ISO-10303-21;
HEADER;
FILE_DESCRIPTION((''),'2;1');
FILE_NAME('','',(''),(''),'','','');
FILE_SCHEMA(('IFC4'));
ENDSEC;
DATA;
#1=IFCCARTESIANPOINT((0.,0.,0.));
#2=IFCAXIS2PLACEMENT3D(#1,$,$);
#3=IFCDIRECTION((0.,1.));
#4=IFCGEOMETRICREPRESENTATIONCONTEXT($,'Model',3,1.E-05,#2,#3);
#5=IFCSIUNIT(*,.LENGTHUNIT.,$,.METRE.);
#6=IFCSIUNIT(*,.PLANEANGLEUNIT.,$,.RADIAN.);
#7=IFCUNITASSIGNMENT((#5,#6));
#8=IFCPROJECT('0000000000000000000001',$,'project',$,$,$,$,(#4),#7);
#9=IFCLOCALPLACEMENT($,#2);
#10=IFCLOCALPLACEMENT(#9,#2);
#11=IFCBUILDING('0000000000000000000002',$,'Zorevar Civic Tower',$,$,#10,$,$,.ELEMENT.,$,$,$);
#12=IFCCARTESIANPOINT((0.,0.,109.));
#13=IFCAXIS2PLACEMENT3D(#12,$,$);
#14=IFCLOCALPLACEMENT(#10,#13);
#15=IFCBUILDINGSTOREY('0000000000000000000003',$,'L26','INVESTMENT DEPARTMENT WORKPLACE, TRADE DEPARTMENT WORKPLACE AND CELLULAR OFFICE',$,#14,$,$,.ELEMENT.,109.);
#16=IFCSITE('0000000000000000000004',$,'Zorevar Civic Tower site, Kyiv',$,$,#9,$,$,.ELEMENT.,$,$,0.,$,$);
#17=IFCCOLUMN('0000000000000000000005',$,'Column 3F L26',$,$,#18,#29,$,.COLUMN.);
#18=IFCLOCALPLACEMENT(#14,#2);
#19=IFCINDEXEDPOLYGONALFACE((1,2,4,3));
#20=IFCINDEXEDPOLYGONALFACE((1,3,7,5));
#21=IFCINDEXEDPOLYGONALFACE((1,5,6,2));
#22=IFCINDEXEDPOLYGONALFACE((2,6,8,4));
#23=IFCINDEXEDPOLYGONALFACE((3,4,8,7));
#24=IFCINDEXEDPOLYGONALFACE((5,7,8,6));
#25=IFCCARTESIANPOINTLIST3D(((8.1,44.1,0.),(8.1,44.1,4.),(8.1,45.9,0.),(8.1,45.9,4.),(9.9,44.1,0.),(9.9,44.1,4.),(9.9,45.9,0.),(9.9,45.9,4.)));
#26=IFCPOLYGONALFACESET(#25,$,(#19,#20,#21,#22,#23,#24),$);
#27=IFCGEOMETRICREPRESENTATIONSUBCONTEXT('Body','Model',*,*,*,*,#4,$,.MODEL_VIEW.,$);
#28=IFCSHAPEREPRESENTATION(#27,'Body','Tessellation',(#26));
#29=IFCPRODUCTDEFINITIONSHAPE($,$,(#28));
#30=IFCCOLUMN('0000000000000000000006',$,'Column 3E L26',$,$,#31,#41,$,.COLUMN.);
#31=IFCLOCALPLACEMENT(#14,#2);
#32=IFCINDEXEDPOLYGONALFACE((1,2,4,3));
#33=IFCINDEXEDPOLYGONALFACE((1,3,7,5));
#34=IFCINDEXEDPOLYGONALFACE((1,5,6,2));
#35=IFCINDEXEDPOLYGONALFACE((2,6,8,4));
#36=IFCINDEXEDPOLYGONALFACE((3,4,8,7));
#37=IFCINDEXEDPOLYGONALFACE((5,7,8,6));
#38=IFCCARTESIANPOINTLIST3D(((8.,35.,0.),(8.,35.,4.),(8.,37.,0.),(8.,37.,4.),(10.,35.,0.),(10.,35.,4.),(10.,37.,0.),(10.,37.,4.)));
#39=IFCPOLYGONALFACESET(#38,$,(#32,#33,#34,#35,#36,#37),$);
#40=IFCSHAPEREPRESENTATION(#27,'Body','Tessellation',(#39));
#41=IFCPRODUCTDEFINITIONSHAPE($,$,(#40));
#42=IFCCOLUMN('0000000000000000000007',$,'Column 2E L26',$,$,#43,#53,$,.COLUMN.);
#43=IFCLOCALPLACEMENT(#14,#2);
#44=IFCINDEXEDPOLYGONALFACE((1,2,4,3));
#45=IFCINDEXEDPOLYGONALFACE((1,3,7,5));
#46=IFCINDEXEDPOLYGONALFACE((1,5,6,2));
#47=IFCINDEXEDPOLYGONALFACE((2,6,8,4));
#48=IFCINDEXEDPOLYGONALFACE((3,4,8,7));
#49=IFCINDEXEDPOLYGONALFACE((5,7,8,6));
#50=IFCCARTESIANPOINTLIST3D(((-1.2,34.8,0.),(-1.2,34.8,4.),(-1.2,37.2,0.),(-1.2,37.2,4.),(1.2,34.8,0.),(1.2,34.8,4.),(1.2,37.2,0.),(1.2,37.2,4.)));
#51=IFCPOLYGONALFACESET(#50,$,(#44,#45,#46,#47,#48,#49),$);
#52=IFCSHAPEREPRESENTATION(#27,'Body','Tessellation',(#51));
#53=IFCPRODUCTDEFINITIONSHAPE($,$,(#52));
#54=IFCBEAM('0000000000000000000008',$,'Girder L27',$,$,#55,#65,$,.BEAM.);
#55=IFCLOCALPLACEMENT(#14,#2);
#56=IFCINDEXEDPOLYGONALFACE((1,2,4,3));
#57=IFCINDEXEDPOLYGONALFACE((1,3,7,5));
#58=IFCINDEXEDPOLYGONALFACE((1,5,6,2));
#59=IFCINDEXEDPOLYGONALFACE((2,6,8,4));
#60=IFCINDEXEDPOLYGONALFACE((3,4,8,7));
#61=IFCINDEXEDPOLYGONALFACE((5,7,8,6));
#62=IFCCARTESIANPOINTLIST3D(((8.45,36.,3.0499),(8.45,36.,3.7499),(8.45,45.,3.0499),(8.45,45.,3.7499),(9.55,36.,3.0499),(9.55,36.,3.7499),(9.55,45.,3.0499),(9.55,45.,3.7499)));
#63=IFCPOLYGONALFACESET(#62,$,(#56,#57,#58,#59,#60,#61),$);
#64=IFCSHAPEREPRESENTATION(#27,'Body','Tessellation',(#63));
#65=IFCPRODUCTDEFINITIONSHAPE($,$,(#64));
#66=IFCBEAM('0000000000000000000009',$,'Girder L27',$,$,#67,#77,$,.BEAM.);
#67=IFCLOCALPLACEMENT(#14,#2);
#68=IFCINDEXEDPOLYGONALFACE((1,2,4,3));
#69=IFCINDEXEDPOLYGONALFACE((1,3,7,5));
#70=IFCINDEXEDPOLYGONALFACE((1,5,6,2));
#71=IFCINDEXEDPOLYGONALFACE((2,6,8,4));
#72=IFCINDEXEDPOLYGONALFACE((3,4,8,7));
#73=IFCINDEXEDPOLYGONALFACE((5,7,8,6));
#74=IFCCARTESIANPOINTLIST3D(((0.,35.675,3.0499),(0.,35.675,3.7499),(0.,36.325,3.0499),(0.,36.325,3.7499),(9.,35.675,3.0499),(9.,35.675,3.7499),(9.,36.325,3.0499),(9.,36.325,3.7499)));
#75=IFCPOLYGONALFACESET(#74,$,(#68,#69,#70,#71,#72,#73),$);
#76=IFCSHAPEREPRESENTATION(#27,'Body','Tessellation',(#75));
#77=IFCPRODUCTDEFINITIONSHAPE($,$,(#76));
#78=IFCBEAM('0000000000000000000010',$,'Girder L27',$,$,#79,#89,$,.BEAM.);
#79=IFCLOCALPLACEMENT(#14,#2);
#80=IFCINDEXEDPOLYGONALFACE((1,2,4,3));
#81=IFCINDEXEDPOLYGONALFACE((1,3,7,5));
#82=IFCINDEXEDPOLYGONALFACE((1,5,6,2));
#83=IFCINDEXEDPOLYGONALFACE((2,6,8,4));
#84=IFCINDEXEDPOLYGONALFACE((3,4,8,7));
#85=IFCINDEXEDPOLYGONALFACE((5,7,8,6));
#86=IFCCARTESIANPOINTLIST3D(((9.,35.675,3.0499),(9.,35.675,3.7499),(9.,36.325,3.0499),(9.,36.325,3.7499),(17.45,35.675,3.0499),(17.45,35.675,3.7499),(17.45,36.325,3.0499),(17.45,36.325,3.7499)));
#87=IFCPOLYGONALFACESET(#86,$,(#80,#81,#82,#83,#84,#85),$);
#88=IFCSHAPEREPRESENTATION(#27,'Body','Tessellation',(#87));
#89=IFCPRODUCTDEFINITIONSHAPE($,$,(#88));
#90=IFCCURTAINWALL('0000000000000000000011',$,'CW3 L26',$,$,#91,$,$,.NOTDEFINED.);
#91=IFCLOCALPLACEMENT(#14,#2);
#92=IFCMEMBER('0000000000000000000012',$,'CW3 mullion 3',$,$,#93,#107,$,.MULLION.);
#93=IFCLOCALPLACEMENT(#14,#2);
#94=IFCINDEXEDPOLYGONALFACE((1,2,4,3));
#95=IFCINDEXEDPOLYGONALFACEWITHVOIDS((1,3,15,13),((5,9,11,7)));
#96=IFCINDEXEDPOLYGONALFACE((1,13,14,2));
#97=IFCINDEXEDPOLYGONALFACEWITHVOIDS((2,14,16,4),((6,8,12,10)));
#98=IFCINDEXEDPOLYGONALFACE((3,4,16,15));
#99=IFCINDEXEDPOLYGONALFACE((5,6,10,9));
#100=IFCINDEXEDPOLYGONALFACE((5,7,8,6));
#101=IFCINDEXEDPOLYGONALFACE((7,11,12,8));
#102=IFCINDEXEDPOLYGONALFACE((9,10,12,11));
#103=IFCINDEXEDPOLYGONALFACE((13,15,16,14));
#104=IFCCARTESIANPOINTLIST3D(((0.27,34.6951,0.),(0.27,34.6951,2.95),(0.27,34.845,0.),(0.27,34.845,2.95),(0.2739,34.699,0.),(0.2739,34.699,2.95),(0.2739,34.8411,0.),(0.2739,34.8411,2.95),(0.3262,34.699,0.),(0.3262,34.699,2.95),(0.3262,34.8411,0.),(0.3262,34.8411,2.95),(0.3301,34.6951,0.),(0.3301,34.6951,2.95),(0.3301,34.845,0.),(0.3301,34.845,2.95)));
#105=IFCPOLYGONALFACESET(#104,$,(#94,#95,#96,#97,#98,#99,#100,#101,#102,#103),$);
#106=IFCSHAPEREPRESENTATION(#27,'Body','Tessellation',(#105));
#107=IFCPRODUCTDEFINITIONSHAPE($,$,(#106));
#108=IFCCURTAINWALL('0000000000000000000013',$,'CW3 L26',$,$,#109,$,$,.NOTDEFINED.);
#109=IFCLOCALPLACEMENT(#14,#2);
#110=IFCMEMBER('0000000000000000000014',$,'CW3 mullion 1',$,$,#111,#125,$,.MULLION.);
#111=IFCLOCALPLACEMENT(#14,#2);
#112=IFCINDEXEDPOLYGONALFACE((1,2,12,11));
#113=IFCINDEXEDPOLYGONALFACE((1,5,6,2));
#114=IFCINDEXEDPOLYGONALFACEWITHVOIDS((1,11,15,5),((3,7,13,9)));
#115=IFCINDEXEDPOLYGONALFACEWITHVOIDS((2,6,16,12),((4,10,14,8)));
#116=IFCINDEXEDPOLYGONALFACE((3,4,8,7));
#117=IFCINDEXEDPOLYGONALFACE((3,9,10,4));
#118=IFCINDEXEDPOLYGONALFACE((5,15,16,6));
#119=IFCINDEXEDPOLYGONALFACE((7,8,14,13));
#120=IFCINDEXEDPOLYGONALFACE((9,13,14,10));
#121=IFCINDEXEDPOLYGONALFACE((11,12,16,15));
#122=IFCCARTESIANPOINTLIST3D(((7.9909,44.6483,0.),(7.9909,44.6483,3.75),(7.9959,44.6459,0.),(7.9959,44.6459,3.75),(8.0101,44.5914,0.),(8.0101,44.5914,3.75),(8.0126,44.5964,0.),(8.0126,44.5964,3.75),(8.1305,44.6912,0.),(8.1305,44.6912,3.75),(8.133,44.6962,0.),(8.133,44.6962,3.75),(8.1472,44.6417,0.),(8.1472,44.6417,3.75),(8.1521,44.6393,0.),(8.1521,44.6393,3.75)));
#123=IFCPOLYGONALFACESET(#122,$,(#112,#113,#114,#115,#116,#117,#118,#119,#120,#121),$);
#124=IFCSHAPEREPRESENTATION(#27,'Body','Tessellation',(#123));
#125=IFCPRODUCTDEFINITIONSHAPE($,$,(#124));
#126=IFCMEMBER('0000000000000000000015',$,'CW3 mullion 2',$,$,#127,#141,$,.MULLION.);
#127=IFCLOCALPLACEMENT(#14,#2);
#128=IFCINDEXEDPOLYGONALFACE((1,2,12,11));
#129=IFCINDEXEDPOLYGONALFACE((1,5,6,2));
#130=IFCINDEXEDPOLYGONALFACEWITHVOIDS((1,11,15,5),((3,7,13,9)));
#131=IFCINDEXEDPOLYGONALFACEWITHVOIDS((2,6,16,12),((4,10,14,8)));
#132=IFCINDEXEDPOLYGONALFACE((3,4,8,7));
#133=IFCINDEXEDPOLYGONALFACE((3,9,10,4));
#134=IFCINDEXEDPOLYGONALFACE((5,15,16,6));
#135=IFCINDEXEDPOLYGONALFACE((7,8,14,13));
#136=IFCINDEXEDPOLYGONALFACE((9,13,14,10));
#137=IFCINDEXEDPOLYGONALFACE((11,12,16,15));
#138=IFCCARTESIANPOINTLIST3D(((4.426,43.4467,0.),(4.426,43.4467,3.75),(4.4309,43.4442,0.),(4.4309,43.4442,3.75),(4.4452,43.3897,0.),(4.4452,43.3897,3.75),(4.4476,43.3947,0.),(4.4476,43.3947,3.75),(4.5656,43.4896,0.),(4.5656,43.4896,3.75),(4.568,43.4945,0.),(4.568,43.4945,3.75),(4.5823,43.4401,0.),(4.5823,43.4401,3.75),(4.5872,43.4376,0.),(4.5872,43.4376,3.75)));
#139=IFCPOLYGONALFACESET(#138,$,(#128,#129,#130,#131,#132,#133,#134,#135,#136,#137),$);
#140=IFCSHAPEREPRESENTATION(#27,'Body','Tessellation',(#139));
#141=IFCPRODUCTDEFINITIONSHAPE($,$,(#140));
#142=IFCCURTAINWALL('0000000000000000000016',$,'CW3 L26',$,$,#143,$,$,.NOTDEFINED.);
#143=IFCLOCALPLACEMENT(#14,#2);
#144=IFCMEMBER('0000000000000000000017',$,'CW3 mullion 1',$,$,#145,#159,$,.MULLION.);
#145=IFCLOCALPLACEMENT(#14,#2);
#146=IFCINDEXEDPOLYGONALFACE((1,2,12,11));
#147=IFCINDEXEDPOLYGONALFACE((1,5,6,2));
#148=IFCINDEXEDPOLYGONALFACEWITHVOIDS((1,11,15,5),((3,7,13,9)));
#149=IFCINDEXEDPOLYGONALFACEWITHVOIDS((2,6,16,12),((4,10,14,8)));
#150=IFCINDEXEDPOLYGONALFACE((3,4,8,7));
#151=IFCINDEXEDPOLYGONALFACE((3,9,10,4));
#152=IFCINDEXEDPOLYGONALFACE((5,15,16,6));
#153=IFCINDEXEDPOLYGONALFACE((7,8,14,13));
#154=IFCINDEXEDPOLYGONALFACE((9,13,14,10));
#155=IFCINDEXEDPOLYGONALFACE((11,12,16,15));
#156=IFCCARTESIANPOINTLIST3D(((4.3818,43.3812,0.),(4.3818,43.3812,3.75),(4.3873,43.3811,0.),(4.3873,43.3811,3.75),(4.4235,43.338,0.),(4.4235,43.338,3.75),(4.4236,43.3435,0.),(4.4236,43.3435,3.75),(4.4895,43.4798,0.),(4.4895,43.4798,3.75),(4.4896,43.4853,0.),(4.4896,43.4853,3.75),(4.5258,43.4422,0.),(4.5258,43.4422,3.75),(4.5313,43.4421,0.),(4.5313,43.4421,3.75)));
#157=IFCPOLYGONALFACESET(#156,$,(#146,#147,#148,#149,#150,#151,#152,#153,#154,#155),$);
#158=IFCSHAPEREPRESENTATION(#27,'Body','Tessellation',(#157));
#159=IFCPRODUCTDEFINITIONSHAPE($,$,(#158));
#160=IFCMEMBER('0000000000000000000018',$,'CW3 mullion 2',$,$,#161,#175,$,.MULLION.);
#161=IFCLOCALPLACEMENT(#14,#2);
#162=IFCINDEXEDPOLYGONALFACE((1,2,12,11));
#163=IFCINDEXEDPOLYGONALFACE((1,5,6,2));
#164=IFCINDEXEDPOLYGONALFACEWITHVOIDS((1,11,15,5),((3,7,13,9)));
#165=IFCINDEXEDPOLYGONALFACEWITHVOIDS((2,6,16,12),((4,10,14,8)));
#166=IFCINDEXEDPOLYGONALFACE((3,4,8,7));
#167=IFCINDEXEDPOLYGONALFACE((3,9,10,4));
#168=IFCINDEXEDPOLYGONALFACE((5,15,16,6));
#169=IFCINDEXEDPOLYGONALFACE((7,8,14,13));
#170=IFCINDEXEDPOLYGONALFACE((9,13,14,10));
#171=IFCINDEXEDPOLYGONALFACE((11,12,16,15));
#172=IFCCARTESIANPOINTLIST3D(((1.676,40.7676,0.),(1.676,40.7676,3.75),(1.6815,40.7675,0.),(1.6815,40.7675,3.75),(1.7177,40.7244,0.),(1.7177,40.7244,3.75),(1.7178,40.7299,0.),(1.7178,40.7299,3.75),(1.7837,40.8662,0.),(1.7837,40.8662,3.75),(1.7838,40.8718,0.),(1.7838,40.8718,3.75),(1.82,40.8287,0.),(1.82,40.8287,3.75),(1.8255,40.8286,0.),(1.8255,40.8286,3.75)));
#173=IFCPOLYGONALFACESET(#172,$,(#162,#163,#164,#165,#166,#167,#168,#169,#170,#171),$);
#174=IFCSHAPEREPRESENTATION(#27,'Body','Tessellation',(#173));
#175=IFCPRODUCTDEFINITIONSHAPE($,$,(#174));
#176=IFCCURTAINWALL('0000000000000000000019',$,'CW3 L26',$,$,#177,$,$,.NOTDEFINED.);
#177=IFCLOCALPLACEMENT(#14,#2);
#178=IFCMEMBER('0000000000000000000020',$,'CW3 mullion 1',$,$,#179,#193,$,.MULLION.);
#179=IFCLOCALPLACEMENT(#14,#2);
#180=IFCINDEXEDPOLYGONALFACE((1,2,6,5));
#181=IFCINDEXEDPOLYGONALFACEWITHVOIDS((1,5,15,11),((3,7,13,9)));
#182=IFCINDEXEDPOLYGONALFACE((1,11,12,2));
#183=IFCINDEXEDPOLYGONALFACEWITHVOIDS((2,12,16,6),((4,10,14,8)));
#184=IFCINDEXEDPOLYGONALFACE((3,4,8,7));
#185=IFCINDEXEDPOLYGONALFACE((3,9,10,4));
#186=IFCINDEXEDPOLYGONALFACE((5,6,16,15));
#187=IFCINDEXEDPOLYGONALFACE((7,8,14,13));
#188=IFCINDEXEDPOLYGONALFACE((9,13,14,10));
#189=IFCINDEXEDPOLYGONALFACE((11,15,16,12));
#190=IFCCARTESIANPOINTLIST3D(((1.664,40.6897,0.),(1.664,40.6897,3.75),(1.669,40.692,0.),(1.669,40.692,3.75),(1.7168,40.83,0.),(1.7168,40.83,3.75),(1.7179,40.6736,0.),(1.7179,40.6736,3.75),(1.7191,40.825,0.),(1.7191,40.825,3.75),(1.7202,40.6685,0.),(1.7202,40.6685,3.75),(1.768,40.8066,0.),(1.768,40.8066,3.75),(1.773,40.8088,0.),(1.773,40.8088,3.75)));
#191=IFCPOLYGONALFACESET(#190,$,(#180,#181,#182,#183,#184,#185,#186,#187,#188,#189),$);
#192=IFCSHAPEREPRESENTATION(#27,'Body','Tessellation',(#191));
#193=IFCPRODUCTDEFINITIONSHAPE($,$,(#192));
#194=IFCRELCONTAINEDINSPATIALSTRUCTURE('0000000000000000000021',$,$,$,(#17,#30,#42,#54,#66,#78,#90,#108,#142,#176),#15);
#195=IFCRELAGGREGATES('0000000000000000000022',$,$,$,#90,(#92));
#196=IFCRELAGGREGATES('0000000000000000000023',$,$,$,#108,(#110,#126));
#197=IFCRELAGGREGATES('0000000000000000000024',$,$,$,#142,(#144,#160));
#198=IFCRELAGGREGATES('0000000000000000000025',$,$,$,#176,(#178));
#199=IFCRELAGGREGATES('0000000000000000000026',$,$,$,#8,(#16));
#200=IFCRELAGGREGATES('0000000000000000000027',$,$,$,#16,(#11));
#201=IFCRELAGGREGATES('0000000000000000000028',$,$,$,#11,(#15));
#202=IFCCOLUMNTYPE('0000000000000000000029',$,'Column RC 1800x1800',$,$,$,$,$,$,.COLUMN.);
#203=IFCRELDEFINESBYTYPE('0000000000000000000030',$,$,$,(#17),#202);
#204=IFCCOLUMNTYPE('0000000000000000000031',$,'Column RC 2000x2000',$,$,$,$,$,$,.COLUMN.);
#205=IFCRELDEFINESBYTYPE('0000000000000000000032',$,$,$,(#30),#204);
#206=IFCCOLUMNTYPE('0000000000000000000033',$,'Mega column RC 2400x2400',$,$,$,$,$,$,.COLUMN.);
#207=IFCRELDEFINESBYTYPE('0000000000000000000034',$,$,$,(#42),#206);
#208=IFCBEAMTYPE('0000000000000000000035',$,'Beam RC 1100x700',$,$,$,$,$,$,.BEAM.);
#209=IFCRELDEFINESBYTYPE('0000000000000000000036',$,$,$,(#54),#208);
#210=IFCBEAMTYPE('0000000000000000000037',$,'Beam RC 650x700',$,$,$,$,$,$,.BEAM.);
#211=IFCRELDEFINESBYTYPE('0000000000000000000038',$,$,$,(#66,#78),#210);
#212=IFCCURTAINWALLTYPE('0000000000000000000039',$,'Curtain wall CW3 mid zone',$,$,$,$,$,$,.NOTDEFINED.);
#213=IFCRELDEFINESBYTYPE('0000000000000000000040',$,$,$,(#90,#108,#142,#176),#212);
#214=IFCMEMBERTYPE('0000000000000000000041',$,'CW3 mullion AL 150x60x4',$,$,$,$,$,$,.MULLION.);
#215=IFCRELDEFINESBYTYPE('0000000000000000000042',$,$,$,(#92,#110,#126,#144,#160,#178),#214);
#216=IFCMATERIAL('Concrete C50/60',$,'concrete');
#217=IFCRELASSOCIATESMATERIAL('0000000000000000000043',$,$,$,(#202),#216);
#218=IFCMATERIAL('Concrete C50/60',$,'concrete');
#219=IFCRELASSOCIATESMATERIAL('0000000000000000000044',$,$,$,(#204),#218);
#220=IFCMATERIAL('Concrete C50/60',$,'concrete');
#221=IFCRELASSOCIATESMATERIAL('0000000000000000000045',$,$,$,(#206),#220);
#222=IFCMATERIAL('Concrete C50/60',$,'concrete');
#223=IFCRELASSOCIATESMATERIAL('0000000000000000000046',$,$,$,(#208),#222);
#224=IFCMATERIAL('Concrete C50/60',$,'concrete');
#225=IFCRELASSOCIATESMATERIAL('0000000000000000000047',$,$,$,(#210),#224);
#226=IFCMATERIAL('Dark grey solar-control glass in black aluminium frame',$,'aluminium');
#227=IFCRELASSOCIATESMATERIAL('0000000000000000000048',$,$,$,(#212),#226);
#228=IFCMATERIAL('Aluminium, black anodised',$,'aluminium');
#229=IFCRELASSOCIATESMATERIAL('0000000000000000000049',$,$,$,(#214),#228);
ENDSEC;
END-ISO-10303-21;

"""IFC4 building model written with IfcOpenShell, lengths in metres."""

from ifc_helpers import new_model, si_unit, direction, frame, origin, origin_2d, place, context, subcontext, project, spatial, rectangle, hollow_rectangle, extrude, material, material_profile, profile_set, type_object, element, aggregate, save


model = new_model("IFC4")

# Units and contexts
model_context = context("Model", 3, precision=1e-05, world=origin(), true_north=direction((0.0, 1.0)))
body_context = subcontext(model_context, "Body", "Model", "MODEL_VIEW")
ifc_project = project(units=[si_unit("LENGTHUNIT", "METRE"), si_unit("PLANEANGLEUNIT", "RADIAN")], contexts=[model_context])

# Site, building, storey
site_placement = place(None, origin())
site = spatial("IfcSite", under=ifc_project, at=site_placement, Name="Zorevar Civic Tower site, Kyiv", CompositionType="ELEMENT", RefElevation=0.0)
building_placement = place(site_placement, origin())
building = spatial("IfcBuilding", under=site, at=building_placement, Name="Zorevar Civic Tower", CompositionType="ELEMENT")
storey_placement = place(building_placement, frame((0.0, 0.0, 109.0)))
storey = spatial("IfcBuildingStorey", under=building, at=storey_placement, Name="L26", Description="INVESTMENT DEPARTMENT WORKPLACE, TRADE DEPARTMENT WORKPLACE AND CELLULAR OFFICE", CompositionType="ELEMENT", Elevation=109.0)

# Columns
ifc_material_1 = material(Name="Concrete C50/60", Category="concrete")
ifc_material_profile_1 = material_profile(ifc_material_1, rectangle(XDim=1.8, YDim=1.8, at=origin_2d()), Name="RC 1800x1800")
ifc_profile_set_1 = profile_set([ifc_material_profile_1], Name="Concrete C50/60")
column_type_1 = type_object("IfcColumnType", Name="Column RC 1800x1800", PredefinedType="COLUMN", material=ifc_profile_set_1)
column_1_placement = place(storey_placement, frame((9.0, 45.0, 0.0), z_axis=(0.0, 0.0, 1.0), x_axis=(1.0, 0.0, 0.0)))
element("IfcColumn", 1, at=column_1_placement, inside=storey, type_object=column_type_1, Name="Column 3F L26", PredefinedType="COLUMN", context=body_context, shape_type="SweptSolid", body=[
    extrude(rectangle(XDim=1.8, YDim=1.8, at=origin_2d()), origin(), (0.0, 0.0, 1.0), 4.0),
])
ifc_material_2 = material(Name="Concrete C50/60", Category="concrete")
ifc_material_profile_2 = material_profile(ifc_material_2, rectangle(XDim=2.0, YDim=2.0, at=origin_2d()), Name="RC 2000x2000")
ifc_profile_set_2 = profile_set([ifc_material_profile_2], Name="Concrete C50/60")
column_type_2 = type_object("IfcColumnType", Name="Column RC 2000x2000", PredefinedType="COLUMN", material=ifc_profile_set_2)
column_2_placement = place(storey_placement, frame((9.0, 36.0, 0.0), z_axis=(0.0, 0.0, 1.0), x_axis=(1.0, 0.0, 0.0)))
element("IfcColumn", 2, at=column_2_placement, inside=storey, type_object=column_type_2, Name="Column 3E L26", PredefinedType="COLUMN", context=body_context, shape_type="SweptSolid", body=[
    extrude(rectangle(XDim=2.0, YDim=2.0, at=origin_2d()), origin(), (0.0, 0.0, 1.0), 4.0),
])
ifc_material_3 = material(Name="Concrete C50/60", Category="concrete")
ifc_material_profile_3 = material_profile(ifc_material_3, rectangle(XDim=2.3999, YDim=2.3999, at=origin_2d()), Name="RC 2400x2400")
ifc_profile_set_3 = profile_set([ifc_material_profile_3], Name="Concrete C50/60")
column_type_3 = type_object("IfcColumnType", Name="Mega column RC 2400x2400", PredefinedType="COLUMN", material=ifc_profile_set_3)
column_3_placement = place(storey_placement, frame((0.0, 36.0, 0.0), z_axis=(0.0, 0.0, 1.0), x_axis=(1.0, 0.0, 0.0)))
element("IfcColumn", 3, at=column_3_placement, inside=storey, type_object=column_type_3, Name="Column 2E L26", PredefinedType="COLUMN", context=body_context, shape_type="SweptSolid", body=[
    extrude(rectangle(XDim=2.3999, YDim=2.3999, at=origin_2d()), origin(), (0.0, 0.0, 1.0), 4.0),
])

# Beams
ifc_material_4 = material(Name="Concrete C50/60", Category="concrete")
ifc_material_profile_4 = material_profile(ifc_material_4, rectangle(XDim=1.1001, YDim=0.7, at=origin_2d()), Name="RC 1100x700")
ifc_profile_set_4 = profile_set([ifc_material_profile_4], Name="Concrete C50/60")
beam_type_1 = type_object("IfcBeamType", Name="Beam RC 1100x700", PredefinedType="BEAM", material=ifc_profile_set_4)
beam_1_placement = place(storey_placement, frame((9.0, 36.0, 3.3999), z_axis=(0.0, 1.0, 0.0), x_axis=(-1.0, 0.0, 0.0)))
element("IfcBeam", 4, at=beam_1_placement, inside=storey, type_object=beam_type_1, Name="Girder L27", PredefinedType="BEAM", context=body_context, shape_type="SweptSolid", body=[
    extrude(rectangle(XDim=1.1001, YDim=0.7, at=origin_2d()), origin(), (0.0, 0.0, 1.0), 9.0),
])
ifc_material_5 = material(Name="Concrete C50/60", Category="concrete")
ifc_material_profile_5 = material_profile(ifc_material_5, rectangle(XDim=0.6499, YDim=0.7, at=origin_2d()), Name="RC 650x700")
ifc_profile_set_5 = profile_set([ifc_material_profile_5], Name="Concrete C50/60")
beam_type_2 = type_object("IfcBeamType", Name="Beam RC 650x700", PredefinedType="BEAM", material=ifc_profile_set_5)
beam_2_placement = place(storey_placement, frame((0.0, 36.0, 3.3999), z_axis=(1.0, 0.0, 0.0), x_axis=(0.0, 1.0, 0.0)))
element("IfcBeam", 5, at=beam_2_placement, inside=storey, type_object=beam_type_2, Name="Girder L27", PredefinedType="BEAM", context=body_context, shape_type="SweptSolid", body=[
    extrude(rectangle(XDim=0.6499, YDim=0.7, at=origin_2d()), origin(), (0.0, 0.0, 1.0), 9.0),
])
beam_3_placement = place(storey_placement, frame((9.0, 36.0, 3.3999), z_axis=(1.0, 0.0, 0.0), x_axis=(0.0, 1.0, 0.0)))
element("IfcBeam", 6, at=beam_3_placement, inside=storey, type_object=beam_type_2, Name="Girder L27", PredefinedType="BEAM", context=body_context, shape_type="SweptSolid", body=[
    extrude(rectangle(XDim=0.6499, YDim=0.7, at=origin_2d()), origin(), (0.0, 0.0, 1.0), 8.45),
])

# Curtain wall, member
ifc_material_6 = material(Name="Dark grey solar-control glass in black aluminium frame", Category="aluminium")
curtain_wall_type = type_object("IfcCurtainWallType", Name="Curtain wall CW3 mid zone", PredefinedType="NOTDEFINED", material=ifc_material_6)
curtain_wall_1_placement = place(storey_placement, origin())
curtain_wall_1 = element("IfcCurtainWall", 7, at=curtain_wall_1_placement, inside=storey, type_object=curtain_wall_type, Name="CW3 L26", PredefinedType="NOTDEFINED")
ifc_material_7 = material(Name="Aluminium, black anodised", Category="aluminium")
ifc_material_profile_6 = material_profile(ifc_material_7, hollow_rectangle(XDim=0.0601, YDim=0.1499, WallThickness=0.0039, at=origin_2d()), Name="AL 150x60x4")
ifc_profile_set_6 = profile_set([ifc_material_profile_6], Name="Aluminium, black anodised")
member_type_1 = type_object("IfcMemberType", Name="CW3 mullion AL 150x60x4", PredefinedType="MULLION", material=ifc_profile_set_6)
member_1_placement = place(storey_placement, frame((0.3, 34.77, 0.0), z_axis=(0.0, 0.0, 1.0), x_axis=(-1.0, 0.0, 0.0)))
member_1 = element("IfcMember", 8, at=member_1_placement, type_object=member_type_1, Name="CW3 mullion 3", PredefinedType="MULLION", context=body_context, shape_type="SweptSolid", body=[
    extrude(hollow_rectangle(XDim=0.0601, YDim=0.1499, WallThickness=0.0039, at=origin_2d()), origin(), (0.0, 0.0, 1.0), 2.95),
])
aggregate(curtain_wall_1, [member_1])

# Curtain walls, members
curtain_wall_2_placement = place(storey_placement, origin())
curtain_wall_2 = element("IfcCurtainWall", 9, at=curtain_wall_2_placement, inside=storey, type_object=curtain_wall_type, Name="CW3 L26", PredefinedType="NOTDEFINED")
member_2_placement = place(storey_placement, frame((8.0715, 44.6438, 0.0), z_axis=(0.0, 0.0, 1.0), x_axis=(0.319413, -0.947616, 0.0)))
member_2 = element("IfcMember", 10, at=member_2_placement, type_object=member_type_1, Name="CW3 mullion 1", PredefinedType="MULLION", context=body_context, shape_type="SweptSolid", body=[
    extrude(hollow_rectangle(XDim=0.0601, YDim=0.1499, WallThickness=0.0039, at=origin_2d()), origin(), (0.0, 0.0, 1.0), 3.75),
])
member_3_placement = place(storey_placement, frame((4.5066, 43.4421, 0.0), z_axis=(0.0, 0.0, 1.0), x_axis=(0.319413, -0.947616, 0.0)))
member_3 = element("IfcMember", 11, at=member_3_placement, type_object=member_type_1, Name="CW3 mullion 2", PredefinedType="MULLION", context=body_context, shape_type="SweptSolid", body=[
    extrude(hollow_rectangle(XDim=0.0601, YDim=0.1499, WallThickness=0.0039, at=origin_2d()), origin(), (0.0, 0.0, 1.0), 3.75),
])
curtain_wall_3_placement = place(storey_placement, origin())
curtain_wall_3 = element("IfcCurtainWall", 12, at=curtain_wall_3_placement, inside=storey, type_object=curtain_wall_type, Name="CW3 L26", PredefinedType="NOTDEFINED")
member_4_placement = place(storey_placement, frame((4.4565, 43.4116, 0.0), z_axis=(0.0, 0.0, 1.0), x_axis=(0.694719, -0.719281, 0.0)))
member_4 = element("IfcMember", 13, at=member_4_placement, type_object=member_type_1, Name="CW3 mullion 1", PredefinedType="MULLION", context=body_context, shape_type="SweptSolid", body=[
    extrude(hollow_rectangle(XDim=0.0601, YDim=0.1499, WallThickness=0.0039, at=origin_2d()), origin(), (0.0, 0.0, 1.0), 3.75),
])
member_5_placement = place(storey_placement, frame((1.7507, 40.7981, 0.0), z_axis=(0.0, 0.0, 1.0), x_axis=(0.694719, -0.719281, 0.0)))
member_5 = element("IfcMember", 14, at=member_5_placement, type_object=member_type_1, Name="CW3 mullion 2", PredefinedType="MULLION", context=body_context, shape_type="SweptSolid", body=[
    extrude(hollow_rectangle(XDim=0.0601, YDim=0.1499, WallThickness=0.0039, at=origin_2d()), origin(), (0.0, 0.0, 1.0), 3.75),
])
curtain_wall_4_placement = place(storey_placement, origin())
curtain_wall_4 = element("IfcCurtainWall", 15, at=curtain_wall_4_placement, inside=storey, type_object=curtain_wall_type, Name="CW3 L26", PredefinedType="NOTDEFINED")
member_6_placement = place(storey_placement, frame((1.7185, 40.7493, 0.0), z_axis=(0.0, 0.0, 1.0), x_axis=(0.935951, -0.352132, 0.0)))
member_6 = element("IfcMember", 16, at=member_6_placement, type_object=member_type_1, Name="CW3 mullion 1", PredefinedType="MULLION", context=body_context, shape_type="SweptSolid", body=[
    extrude(hollow_rectangle(XDim=0.0601, YDim=0.1499, WallThickness=0.0039, at=origin_2d()), origin(), (0.0, 0.0, 1.0), 3.75),
])

aggregate(curtain_wall_2, [member_2, member_3])
aggregate(curtain_wall_3, [member_4, member_5])
aggregate(curtain_wall_4, [member_6])

save(model, "model.ifc")
